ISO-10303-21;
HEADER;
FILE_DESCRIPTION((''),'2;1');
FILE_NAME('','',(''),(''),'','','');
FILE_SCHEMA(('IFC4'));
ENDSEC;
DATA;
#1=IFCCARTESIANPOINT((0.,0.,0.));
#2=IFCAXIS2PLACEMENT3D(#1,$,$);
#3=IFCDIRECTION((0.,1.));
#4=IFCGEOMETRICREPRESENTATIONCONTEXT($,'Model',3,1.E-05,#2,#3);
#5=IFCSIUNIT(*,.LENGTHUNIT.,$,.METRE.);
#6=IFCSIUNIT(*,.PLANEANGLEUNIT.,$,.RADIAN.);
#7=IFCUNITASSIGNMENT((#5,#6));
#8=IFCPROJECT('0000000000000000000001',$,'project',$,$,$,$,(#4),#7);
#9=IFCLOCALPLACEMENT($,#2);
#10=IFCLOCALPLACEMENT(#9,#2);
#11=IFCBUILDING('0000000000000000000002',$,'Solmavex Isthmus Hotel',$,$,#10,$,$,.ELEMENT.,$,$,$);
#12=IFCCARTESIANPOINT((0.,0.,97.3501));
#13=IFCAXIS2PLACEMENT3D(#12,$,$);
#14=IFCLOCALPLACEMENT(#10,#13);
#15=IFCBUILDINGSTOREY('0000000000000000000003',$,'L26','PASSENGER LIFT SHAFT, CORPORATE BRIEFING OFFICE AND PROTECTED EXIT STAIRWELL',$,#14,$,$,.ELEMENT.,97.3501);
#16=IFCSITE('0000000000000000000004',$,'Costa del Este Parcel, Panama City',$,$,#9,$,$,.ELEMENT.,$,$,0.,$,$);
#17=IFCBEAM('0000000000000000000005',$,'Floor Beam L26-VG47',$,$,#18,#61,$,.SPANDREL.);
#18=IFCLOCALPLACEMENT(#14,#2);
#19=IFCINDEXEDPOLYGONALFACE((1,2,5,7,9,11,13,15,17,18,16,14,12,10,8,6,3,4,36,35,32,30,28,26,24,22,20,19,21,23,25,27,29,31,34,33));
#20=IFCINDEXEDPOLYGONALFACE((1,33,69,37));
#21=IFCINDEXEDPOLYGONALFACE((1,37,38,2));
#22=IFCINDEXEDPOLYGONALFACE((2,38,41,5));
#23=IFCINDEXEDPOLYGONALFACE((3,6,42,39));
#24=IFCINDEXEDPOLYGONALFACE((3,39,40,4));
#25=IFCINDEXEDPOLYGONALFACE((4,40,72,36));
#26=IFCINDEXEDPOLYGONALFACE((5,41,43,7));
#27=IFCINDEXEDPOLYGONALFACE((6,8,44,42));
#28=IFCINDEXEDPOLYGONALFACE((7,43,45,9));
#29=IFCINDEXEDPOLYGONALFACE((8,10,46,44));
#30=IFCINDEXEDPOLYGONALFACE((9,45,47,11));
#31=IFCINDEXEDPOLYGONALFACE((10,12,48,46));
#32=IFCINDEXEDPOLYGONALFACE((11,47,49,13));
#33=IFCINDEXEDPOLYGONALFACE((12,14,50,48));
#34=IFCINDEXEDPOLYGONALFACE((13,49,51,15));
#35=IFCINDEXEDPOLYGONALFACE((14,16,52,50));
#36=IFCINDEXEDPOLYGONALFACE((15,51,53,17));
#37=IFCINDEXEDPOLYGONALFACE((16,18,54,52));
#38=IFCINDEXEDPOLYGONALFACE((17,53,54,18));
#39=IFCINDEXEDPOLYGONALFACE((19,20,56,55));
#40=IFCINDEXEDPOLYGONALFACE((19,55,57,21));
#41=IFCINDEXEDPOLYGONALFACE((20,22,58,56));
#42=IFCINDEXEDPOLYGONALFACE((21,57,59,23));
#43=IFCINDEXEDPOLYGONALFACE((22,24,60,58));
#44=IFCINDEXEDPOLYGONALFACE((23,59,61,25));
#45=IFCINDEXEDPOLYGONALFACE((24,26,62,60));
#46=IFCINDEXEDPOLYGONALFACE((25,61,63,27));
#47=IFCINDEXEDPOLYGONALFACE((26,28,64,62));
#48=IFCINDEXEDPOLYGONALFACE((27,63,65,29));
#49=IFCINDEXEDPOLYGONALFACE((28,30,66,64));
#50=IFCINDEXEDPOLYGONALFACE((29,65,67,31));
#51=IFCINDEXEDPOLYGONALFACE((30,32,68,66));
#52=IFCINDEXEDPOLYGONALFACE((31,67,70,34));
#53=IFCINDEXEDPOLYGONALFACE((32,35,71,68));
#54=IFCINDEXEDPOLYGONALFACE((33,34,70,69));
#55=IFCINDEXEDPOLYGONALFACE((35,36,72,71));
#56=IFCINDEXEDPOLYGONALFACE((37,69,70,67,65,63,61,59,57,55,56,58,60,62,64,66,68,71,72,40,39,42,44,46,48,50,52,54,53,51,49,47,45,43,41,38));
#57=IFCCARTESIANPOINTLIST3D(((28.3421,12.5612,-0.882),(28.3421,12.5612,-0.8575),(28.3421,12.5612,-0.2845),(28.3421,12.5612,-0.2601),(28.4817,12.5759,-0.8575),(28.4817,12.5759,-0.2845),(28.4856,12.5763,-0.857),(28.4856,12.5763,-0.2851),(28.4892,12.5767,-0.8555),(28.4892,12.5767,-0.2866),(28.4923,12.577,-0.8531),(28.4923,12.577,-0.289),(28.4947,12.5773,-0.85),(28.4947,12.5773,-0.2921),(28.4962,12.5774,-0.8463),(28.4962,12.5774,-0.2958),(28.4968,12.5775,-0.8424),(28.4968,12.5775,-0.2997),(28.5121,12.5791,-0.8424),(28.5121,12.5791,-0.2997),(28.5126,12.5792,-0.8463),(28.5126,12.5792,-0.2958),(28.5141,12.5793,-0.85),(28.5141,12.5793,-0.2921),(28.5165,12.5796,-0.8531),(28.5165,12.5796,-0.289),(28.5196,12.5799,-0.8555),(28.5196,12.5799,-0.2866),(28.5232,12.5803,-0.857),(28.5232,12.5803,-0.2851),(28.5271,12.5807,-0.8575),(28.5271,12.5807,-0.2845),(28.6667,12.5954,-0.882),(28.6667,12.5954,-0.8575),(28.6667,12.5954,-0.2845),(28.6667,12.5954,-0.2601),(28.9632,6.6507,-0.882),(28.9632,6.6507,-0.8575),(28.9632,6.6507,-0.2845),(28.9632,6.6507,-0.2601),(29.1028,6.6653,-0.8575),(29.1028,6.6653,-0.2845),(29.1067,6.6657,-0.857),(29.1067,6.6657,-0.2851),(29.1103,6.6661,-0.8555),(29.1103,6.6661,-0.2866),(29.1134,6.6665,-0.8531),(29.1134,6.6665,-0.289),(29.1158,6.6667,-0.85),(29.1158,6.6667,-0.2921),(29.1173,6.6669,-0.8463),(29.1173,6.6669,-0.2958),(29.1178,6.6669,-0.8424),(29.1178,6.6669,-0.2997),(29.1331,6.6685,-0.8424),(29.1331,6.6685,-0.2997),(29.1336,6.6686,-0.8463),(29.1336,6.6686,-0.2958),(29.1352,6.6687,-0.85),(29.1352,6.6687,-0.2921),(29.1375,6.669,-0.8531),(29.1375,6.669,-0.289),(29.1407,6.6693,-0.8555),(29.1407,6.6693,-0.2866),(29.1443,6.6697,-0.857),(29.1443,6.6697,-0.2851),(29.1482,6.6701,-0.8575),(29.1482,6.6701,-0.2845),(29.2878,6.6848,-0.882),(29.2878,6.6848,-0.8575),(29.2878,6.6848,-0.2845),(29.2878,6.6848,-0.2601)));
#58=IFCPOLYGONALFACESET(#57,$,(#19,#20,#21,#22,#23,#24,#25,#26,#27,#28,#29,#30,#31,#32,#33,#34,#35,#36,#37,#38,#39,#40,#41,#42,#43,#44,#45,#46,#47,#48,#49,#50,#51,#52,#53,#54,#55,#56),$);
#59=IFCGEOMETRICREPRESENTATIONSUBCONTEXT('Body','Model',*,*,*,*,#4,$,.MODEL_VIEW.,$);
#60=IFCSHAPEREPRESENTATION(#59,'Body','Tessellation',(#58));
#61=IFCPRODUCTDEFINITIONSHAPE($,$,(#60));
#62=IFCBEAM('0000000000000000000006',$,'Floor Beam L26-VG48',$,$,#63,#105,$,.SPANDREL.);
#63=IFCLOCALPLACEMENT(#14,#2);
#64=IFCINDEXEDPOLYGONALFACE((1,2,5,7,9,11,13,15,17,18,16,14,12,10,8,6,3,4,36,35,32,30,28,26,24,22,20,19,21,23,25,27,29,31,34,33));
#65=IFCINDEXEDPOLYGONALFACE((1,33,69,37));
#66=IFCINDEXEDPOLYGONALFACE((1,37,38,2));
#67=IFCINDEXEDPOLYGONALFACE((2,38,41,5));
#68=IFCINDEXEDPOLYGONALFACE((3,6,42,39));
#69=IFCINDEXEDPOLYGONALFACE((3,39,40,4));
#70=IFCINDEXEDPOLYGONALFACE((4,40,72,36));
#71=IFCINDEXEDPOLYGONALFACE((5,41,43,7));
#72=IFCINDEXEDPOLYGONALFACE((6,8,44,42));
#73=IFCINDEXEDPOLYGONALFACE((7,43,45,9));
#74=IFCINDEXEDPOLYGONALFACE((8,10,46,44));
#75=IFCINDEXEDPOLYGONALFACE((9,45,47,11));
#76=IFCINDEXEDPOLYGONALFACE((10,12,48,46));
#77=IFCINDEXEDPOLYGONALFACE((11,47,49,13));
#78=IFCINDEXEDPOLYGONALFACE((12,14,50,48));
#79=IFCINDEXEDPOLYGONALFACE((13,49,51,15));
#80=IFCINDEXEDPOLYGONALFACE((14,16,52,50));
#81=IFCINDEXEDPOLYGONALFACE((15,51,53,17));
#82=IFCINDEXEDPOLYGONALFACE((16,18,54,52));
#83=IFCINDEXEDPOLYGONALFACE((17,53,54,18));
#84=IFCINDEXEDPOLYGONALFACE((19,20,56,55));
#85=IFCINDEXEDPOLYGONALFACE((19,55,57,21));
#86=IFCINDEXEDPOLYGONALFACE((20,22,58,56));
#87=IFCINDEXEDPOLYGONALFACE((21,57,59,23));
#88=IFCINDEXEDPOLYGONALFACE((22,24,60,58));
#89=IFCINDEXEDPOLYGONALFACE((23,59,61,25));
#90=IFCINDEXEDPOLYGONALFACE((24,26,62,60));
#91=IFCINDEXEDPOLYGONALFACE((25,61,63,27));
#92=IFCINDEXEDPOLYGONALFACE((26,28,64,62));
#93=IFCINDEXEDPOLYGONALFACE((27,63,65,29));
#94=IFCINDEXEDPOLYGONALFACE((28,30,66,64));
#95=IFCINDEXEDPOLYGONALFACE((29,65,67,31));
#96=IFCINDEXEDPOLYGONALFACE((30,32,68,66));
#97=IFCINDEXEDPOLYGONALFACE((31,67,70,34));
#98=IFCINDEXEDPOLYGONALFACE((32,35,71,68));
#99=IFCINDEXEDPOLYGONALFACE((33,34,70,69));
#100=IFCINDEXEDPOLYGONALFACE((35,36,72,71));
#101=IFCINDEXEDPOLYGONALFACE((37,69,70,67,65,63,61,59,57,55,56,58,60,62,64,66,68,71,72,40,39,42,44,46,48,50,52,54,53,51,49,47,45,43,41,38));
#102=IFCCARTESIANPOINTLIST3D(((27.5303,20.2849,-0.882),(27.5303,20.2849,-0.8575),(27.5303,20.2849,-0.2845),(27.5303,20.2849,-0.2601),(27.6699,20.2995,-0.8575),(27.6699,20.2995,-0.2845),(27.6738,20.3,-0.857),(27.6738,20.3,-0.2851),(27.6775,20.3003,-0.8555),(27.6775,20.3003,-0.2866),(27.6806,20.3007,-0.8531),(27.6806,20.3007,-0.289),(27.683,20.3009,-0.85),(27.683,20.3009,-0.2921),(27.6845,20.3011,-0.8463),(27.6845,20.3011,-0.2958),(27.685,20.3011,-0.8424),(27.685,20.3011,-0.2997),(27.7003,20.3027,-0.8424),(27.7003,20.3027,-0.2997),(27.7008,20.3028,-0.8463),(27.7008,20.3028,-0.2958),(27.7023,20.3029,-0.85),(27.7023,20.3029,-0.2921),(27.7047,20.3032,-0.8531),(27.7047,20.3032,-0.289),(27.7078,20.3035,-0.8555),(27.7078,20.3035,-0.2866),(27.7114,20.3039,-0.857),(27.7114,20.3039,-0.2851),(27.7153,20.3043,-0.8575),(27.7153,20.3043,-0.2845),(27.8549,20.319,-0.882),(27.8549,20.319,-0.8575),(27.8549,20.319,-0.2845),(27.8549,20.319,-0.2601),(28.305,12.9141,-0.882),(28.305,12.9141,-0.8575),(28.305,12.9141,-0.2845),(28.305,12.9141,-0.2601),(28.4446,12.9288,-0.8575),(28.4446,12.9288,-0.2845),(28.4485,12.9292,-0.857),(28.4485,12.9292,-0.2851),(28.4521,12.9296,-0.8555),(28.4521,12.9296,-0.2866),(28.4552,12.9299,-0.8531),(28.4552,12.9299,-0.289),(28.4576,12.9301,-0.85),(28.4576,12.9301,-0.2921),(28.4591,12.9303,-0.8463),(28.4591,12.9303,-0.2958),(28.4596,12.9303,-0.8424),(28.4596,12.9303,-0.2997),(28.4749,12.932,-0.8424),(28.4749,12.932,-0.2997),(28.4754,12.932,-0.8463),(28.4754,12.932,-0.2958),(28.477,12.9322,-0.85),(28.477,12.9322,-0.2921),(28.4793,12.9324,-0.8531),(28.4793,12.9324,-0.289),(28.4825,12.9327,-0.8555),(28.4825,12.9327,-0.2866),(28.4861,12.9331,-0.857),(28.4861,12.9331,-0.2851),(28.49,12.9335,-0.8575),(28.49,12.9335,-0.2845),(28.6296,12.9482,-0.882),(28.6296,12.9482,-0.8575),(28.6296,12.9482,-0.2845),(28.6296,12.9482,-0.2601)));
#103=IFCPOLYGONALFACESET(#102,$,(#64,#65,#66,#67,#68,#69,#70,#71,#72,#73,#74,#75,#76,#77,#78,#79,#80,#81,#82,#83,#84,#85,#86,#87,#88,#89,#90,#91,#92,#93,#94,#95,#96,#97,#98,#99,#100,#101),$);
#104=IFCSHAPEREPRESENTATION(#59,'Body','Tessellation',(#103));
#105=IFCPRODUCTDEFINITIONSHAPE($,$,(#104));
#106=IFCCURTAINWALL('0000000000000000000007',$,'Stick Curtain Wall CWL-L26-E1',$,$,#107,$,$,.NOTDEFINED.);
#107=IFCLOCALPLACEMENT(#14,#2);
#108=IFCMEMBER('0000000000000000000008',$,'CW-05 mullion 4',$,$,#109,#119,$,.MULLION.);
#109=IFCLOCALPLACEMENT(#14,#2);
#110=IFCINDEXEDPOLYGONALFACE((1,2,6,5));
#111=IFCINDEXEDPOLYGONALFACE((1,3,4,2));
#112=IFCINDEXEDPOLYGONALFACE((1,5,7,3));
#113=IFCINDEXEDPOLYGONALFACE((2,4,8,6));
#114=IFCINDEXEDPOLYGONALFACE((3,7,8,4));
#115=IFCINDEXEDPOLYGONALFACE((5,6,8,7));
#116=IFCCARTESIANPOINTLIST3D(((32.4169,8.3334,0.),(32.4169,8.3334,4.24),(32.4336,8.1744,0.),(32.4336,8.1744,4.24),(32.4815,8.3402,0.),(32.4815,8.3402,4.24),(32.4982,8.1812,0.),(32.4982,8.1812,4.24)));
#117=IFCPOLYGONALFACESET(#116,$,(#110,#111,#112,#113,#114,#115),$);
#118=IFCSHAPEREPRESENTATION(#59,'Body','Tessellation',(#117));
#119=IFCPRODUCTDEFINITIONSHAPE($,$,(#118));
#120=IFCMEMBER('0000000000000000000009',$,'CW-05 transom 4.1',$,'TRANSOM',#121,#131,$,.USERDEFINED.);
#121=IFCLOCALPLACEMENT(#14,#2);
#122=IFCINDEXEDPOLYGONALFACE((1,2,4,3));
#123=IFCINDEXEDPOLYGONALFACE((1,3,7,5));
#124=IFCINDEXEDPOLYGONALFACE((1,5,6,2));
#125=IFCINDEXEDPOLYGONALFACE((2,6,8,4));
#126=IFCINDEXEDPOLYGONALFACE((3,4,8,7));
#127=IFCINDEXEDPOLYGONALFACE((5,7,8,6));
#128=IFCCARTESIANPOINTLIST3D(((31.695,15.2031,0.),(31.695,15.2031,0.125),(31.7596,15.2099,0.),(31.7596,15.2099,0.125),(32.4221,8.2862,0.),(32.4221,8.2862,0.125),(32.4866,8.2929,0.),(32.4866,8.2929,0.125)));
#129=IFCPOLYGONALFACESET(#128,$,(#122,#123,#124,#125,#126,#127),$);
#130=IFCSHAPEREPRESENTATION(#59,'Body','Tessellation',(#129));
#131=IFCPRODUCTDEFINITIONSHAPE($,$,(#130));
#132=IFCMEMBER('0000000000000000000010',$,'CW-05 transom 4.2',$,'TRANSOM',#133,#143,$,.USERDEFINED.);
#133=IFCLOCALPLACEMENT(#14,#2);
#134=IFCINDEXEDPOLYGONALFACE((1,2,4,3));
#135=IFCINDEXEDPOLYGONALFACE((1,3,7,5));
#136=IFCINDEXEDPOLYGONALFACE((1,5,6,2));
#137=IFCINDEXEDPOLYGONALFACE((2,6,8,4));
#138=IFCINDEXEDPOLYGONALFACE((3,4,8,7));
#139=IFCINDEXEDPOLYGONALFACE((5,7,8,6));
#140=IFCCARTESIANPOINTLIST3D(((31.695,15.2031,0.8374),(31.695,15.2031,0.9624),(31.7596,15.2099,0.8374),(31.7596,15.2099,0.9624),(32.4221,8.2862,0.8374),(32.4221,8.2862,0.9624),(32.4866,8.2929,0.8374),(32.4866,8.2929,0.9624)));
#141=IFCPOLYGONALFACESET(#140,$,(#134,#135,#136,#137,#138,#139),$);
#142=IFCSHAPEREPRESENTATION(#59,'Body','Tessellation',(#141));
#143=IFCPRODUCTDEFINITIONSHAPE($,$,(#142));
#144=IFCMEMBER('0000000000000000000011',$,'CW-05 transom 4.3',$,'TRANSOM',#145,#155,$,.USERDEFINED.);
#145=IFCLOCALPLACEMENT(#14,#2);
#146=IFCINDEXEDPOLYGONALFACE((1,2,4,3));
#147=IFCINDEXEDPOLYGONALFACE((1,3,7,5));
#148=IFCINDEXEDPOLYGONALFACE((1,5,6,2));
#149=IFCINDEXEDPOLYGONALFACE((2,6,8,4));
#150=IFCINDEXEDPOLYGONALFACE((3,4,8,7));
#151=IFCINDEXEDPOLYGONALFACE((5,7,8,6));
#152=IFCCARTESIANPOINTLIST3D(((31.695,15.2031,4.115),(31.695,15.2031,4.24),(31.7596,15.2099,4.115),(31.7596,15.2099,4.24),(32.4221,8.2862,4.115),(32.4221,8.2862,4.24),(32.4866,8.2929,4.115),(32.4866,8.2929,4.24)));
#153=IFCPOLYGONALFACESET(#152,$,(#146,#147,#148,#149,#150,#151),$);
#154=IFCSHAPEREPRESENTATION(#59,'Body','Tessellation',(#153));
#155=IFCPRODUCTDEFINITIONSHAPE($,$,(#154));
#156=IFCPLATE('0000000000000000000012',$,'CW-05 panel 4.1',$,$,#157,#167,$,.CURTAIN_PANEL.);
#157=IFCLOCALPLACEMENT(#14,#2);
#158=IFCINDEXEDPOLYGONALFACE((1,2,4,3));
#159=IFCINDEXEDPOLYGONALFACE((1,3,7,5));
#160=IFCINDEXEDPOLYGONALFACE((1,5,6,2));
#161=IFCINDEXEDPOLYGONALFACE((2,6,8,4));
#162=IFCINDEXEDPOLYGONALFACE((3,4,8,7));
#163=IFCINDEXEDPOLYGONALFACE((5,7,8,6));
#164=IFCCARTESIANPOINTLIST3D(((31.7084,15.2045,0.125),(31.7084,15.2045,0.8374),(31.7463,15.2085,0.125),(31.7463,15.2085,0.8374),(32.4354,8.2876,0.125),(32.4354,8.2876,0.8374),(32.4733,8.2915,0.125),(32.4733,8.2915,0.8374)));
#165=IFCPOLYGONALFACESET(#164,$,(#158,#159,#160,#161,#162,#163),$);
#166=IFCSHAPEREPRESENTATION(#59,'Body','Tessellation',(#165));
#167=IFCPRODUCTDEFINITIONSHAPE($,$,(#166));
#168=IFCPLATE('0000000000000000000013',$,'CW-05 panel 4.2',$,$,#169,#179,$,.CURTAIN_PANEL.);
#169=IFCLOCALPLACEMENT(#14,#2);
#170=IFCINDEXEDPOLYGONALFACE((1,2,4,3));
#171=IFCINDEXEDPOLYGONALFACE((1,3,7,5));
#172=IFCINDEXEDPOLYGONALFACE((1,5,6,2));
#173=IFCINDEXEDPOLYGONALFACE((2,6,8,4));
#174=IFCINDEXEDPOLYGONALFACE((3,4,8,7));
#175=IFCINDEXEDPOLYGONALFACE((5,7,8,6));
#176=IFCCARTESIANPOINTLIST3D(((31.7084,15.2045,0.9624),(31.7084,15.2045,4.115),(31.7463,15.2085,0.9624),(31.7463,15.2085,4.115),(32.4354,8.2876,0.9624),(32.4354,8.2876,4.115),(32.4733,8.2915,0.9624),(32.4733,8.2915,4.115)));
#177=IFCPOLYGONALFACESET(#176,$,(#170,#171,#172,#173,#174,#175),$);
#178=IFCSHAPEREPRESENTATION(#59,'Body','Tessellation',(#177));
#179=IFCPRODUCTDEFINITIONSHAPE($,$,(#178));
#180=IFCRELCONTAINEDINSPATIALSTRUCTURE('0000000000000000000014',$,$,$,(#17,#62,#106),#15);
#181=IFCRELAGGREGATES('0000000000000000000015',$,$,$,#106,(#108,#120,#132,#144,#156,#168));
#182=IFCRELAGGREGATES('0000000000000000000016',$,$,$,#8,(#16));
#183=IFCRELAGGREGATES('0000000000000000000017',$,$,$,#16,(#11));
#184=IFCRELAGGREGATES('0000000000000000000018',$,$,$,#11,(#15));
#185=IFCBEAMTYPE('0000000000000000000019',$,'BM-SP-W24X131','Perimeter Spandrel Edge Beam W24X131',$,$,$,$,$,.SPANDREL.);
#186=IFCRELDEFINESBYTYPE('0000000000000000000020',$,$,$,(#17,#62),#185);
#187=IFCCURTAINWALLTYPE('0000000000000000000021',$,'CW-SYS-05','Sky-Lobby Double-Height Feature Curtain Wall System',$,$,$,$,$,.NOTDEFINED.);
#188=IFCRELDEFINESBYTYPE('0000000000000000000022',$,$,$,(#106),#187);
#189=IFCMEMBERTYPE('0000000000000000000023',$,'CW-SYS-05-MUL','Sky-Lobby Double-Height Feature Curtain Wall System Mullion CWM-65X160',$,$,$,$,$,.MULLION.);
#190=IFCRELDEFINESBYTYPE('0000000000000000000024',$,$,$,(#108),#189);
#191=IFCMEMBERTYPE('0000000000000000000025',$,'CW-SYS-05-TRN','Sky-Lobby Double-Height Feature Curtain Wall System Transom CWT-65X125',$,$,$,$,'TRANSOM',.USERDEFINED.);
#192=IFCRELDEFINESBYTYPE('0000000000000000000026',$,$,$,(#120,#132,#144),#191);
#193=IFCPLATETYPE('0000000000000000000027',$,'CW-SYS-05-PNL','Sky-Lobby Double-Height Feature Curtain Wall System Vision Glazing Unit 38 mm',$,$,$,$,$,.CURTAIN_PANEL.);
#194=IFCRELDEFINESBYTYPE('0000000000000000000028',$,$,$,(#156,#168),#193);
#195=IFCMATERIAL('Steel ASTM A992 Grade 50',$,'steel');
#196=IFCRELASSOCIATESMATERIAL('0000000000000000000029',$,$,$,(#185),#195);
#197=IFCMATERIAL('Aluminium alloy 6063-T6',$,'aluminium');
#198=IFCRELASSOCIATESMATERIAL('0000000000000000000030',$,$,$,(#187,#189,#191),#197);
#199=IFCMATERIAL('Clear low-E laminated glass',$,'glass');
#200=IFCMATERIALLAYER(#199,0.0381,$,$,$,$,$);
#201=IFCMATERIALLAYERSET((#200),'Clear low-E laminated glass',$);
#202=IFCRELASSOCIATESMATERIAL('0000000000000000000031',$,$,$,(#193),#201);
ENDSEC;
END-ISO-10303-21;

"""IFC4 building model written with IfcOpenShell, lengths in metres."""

from ifc_helpers import new_model, si_unit, direction, frame, origin, origin_2d, place, context, subcontext, project, spatial, rectangle, i_section, extrude, material, layer, layer_set, material_profile, profile_set, type_object, element, aggregate, save


model = new_model("IFC4")

# Units and contexts
model_context = context("Model", 3, precision=1e-05, world=origin(), true_north=direction((0.0, 1.0)))
body_context = subcontext(model_context, "Body", "Model", "MODEL_VIEW")
ifc_project = project(units=[si_unit("LENGTHUNIT", "METRE"), si_unit("PLANEANGLEUNIT", "RADIAN")], contexts=[model_context])

# Site, building, storey
site_placement = place(None, origin())
site = spatial("IfcSite", under=ifc_project, at=site_placement, Name="Costa del Este Parcel, Panama City", CompositionType="ELEMENT", RefElevation=0.0)
building_placement = place(site_placement, origin())
building = spatial("IfcBuilding", under=site, at=building_placement, Name="Solmavex Isthmus Hotel", CompositionType="ELEMENT")
storey_placement = place(building_placement, frame((0.0, 0.0, 97.3501)))
storey = spatial("IfcBuildingStorey", under=building, at=storey_placement, Name="L26", Description="PASSENGER LIFT SHAFT, CORPORATE BRIEFING OFFICE AND PROTECTED EXIT STAIRWELL", CompositionType="ELEMENT", Elevation=97.3501)

# Beams
ifc_material_1 = material(Name="Steel ASTM A992 Grade 50", Category="steel")
ifc_material_profile_1 = material_profile(ifc_material_1, i_section(OverallWidth=0.3264, OverallDepth=0.6218, WebThickness=0.0154, FlangeThickness=0.0244, FilletRadius=0.0151, at=origin_2d()), Name="W24X131")
ifc_profile_set_1 = profile_set([ifc_material_profile_1], Name="Steel ASTM A992 Grade 50")
beam_type_1 = type_object("IfcBeamType", Name="BM-SP-W24X131", Description="Perimeter Spandrel Edge Beam W24X131", PredefinedType="SPANDREL", material=ifc_profile_set_1)
beam_1_placement = place(storey_placement, frame((29.1255, 6.6677, -0.571), z_axis=(-0.104505, 0.994524, 0.0), x_axis=(-0.994524, -0.104505, 0.0)))
element("IfcBeam", 1, at=beam_1_placement, inside=storey, type_object=beam_type_1, Name="Floor Beam L26-VG47", PredefinedType="SPANDREL", context=body_context, shape_type="SweptSolid", body=[
    extrude(i_section(OverallWidth=0.3264, OverallDepth=0.6218, WebThickness=0.0154, FlangeThickness=0.0244, FilletRadius=0.0151, at=origin_2d()), origin(), (0.0, 0.0, 1.0), 5.9431),
])
beam_2_placement = place(storey_placement, frame((28.4673, 12.9312, -0.571), z_axis=(-0.104522, 0.994523, 0.0), x_axis=(-0.994523, -0.104522, 0.0)))
element("IfcBeam", 2, at=beam_2_placement, inside=storey, type_object=beam_type_1, Name="Floor Beam L26-VG48", PredefinedType="SPANDREL", context=body_context, shape_type="SweptSolid", body=[
    extrude(i_section(OverallWidth=0.3264, OverallDepth=0.6218, WebThickness=0.0154, FlangeThickness=0.0244, FilletRadius=0.0151, at=origin_2d()), origin(), (0.0, 0.0, 1.0), 7.4114),
])

# Curtain wall, members, plates
ifc_material_2 = material(Name="Aluminium alloy 6063-T6", Category="aluminium")
curtain_wall_type = type_object("IfcCurtainWallType", Name="CW-SYS-05", Description="Sky-Lobby Double-Height Feature Curtain Wall System", PredefinedType="NOTDEFINED", material=ifc_material_2)
curtain_wall_placement = place(storey_placement, origin())
curtain_wall = element("IfcCurtainWall", 3, at=curtain_wall_placement, inside=storey, type_object=curtain_wall_type, Name="Stick Curtain Wall CWL-L26-E1", PredefinedType="NOTDEFINED")
ifc_material_profile_2 = material_profile(ifc_material_2, rectangle(XDim=0.0649, YDim=0.1599, at=origin_2d()), Name="CWM-65X160")
ifc_profile_set_2 = profile_set([ifc_material_profile_2], Name="Aluminium alloy 6063-T6")
member_type_1 = type_object("IfcMemberType", Name="CW-SYS-05-MUL", Description="Sky-Lobby Double-Height Feature Curtain Wall System Mullion CWM-65X160", PredefinedType="MULLION", material=ifc_profile_set_2)
member_1_placement = place(storey_placement, frame((32.4575, 8.2573, 0.0), z_axis=(0.0, 0.0, 1.0), x_axis=(-0.994522, -0.104528, 0.0)))
member_1 = element("IfcMember", 4, at=member_1_placement, type_object=member_type_1, Name="CW-05 mullion 4", PredefinedType="MULLION", context=body_context, shape_type="SweptSolid", body=[
    extrude(rectangle(XDim=0.0649, YDim=0.1599, at=origin_2d()), origin(), (0.0, 0.0, 1.0), 4.24),
])
ifc_material_profile_3 = material_profile(ifc_material_2, rectangle(XDim=0.0649, YDim=0.125, at=origin_2d()), Name="CWT-65X125")
ifc_profile_set_3 = profile_set([ifc_material_profile_3], Name="Aluminium alloy 6063-T6")
member_type_2 = type_object("IfcMemberType", Name="CW-SYS-05-TRN", Description="Sky-Lobby Double-Height Feature Curtain Wall System Transom CWT-65X125", ElementType="TRANSOM", PredefinedType="USERDEFINED", material=ifc_profile_set_3)
member_2_placement = place(storey_placement, frame((32.4543, 8.2896, 0.0625), z_axis=(-0.104535, 0.994521, 0.0), x_axis=(-0.994521, -0.104535, 0.0)))
member_2 = element("IfcMember", 5, at=member_2_placement, type_object=member_type_2, Name="CW-05 transom 4.1", ObjectType="TRANSOM", PredefinedType="USERDEFINED", context=body_context, shape_type="SweptSolid", body=[
    extrude(rectangle(XDim=0.0649, YDim=0.125, at=origin_2d()), origin(), (0.0, 0.0, 1.0), 6.9551),
])
member_3_placement = place(storey_placement, frame((32.4543, 8.2896, 0.8999), z_axis=(-0.104535, 0.994521, 0.0), x_axis=(-0.994521, -0.104535, 0.0)))
member_3 = element("IfcMember", 6, at=member_3_placement, type_object=member_type_2, Name="CW-05 transom 4.2", ObjectType="TRANSOM", PredefinedType="USERDEFINED", context=body_context, shape_type="SweptSolid", body=[
    extrude(rectangle(XDim=0.0649, YDim=0.125, at=origin_2d()), origin(), (0.0, 0.0, 1.0), 6.9551),
])
member_4_placement = place(storey_placement, frame((32.4543, 8.2896, 4.1775), z_axis=(-0.104535, 0.994521, 0.0), x_axis=(-0.994521, -0.104535, 0.0)))
member_4 = element("IfcMember", 7, at=member_4_placement, type_object=member_type_2, Name="CW-05 transom 4.3", ObjectType="TRANSOM", PredefinedType="USERDEFINED", context=body_context, shape_type="SweptSolid", body=[
    extrude(rectangle(XDim=0.0649, YDim=0.125, at=origin_2d()), origin(), (0.0, 0.0, 1.0), 6.9551),
])
ifc_material_3 = material(Name="Clear low-E laminated glass", Category="glass")
ifc_layer_1 = layer(ifc_material_3, 0.0381)
ifc_layer_set_1 = layer_set([ifc_layer_1], Name="Clear low-E laminated glass")
plate_type = type_object("IfcPlateType", Name="CW-SYS-05-PNL", Description="Sky-Lobby Double-Height Feature Curtain Wall System Vision Glazing Unit 38 mm", PredefinedType="CURTAIN_PANEL", material=ifc_layer_set_1)
plate_1_placement = place(storey_placement, frame((32.0908, 11.748, 0.125), z_axis=(0.0, 0.0, 1.0), x_axis=(-0.104528, 0.994522, 0.0)))
plate_1 = element("IfcPlate", 8, at=plate_1_placement, type_object=plate_type, Name="CW-05 panel 4.1", PredefinedType="CURTAIN_PANEL", context=body_context, shape_type="SweptSolid", body=[
    extrude(rectangle(XDim=6.9551, YDim=0.0381, at=origin_2d()), origin(), (0.0, 0.0, 1.0), 0.7124),
])
plate_2_placement = place(storey_placement, frame((32.0908, 11.748, 0.9624), z_axis=(0.0, 0.0, 1.0), x_axis=(-0.104528, 0.994522, 0.0)))
plate_2 = element("IfcPlate", 9, at=plate_2_placement, type_object=plate_type, Name="CW-05 panel 4.2", PredefinedType="CURTAIN_PANEL", context=body_context, shape_type="SweptSolid", body=[
    extrude(rectangle(XDim=6.9551, YDim=0.0381, at=origin_2d()), origin(), (0.0, 0.0, 1.0), 3.1526),
])
aggregate(curtain_wall, [member_1, member_2, member_3, member_4, plate_1, plate_2])

save(model, "model.ifc")
